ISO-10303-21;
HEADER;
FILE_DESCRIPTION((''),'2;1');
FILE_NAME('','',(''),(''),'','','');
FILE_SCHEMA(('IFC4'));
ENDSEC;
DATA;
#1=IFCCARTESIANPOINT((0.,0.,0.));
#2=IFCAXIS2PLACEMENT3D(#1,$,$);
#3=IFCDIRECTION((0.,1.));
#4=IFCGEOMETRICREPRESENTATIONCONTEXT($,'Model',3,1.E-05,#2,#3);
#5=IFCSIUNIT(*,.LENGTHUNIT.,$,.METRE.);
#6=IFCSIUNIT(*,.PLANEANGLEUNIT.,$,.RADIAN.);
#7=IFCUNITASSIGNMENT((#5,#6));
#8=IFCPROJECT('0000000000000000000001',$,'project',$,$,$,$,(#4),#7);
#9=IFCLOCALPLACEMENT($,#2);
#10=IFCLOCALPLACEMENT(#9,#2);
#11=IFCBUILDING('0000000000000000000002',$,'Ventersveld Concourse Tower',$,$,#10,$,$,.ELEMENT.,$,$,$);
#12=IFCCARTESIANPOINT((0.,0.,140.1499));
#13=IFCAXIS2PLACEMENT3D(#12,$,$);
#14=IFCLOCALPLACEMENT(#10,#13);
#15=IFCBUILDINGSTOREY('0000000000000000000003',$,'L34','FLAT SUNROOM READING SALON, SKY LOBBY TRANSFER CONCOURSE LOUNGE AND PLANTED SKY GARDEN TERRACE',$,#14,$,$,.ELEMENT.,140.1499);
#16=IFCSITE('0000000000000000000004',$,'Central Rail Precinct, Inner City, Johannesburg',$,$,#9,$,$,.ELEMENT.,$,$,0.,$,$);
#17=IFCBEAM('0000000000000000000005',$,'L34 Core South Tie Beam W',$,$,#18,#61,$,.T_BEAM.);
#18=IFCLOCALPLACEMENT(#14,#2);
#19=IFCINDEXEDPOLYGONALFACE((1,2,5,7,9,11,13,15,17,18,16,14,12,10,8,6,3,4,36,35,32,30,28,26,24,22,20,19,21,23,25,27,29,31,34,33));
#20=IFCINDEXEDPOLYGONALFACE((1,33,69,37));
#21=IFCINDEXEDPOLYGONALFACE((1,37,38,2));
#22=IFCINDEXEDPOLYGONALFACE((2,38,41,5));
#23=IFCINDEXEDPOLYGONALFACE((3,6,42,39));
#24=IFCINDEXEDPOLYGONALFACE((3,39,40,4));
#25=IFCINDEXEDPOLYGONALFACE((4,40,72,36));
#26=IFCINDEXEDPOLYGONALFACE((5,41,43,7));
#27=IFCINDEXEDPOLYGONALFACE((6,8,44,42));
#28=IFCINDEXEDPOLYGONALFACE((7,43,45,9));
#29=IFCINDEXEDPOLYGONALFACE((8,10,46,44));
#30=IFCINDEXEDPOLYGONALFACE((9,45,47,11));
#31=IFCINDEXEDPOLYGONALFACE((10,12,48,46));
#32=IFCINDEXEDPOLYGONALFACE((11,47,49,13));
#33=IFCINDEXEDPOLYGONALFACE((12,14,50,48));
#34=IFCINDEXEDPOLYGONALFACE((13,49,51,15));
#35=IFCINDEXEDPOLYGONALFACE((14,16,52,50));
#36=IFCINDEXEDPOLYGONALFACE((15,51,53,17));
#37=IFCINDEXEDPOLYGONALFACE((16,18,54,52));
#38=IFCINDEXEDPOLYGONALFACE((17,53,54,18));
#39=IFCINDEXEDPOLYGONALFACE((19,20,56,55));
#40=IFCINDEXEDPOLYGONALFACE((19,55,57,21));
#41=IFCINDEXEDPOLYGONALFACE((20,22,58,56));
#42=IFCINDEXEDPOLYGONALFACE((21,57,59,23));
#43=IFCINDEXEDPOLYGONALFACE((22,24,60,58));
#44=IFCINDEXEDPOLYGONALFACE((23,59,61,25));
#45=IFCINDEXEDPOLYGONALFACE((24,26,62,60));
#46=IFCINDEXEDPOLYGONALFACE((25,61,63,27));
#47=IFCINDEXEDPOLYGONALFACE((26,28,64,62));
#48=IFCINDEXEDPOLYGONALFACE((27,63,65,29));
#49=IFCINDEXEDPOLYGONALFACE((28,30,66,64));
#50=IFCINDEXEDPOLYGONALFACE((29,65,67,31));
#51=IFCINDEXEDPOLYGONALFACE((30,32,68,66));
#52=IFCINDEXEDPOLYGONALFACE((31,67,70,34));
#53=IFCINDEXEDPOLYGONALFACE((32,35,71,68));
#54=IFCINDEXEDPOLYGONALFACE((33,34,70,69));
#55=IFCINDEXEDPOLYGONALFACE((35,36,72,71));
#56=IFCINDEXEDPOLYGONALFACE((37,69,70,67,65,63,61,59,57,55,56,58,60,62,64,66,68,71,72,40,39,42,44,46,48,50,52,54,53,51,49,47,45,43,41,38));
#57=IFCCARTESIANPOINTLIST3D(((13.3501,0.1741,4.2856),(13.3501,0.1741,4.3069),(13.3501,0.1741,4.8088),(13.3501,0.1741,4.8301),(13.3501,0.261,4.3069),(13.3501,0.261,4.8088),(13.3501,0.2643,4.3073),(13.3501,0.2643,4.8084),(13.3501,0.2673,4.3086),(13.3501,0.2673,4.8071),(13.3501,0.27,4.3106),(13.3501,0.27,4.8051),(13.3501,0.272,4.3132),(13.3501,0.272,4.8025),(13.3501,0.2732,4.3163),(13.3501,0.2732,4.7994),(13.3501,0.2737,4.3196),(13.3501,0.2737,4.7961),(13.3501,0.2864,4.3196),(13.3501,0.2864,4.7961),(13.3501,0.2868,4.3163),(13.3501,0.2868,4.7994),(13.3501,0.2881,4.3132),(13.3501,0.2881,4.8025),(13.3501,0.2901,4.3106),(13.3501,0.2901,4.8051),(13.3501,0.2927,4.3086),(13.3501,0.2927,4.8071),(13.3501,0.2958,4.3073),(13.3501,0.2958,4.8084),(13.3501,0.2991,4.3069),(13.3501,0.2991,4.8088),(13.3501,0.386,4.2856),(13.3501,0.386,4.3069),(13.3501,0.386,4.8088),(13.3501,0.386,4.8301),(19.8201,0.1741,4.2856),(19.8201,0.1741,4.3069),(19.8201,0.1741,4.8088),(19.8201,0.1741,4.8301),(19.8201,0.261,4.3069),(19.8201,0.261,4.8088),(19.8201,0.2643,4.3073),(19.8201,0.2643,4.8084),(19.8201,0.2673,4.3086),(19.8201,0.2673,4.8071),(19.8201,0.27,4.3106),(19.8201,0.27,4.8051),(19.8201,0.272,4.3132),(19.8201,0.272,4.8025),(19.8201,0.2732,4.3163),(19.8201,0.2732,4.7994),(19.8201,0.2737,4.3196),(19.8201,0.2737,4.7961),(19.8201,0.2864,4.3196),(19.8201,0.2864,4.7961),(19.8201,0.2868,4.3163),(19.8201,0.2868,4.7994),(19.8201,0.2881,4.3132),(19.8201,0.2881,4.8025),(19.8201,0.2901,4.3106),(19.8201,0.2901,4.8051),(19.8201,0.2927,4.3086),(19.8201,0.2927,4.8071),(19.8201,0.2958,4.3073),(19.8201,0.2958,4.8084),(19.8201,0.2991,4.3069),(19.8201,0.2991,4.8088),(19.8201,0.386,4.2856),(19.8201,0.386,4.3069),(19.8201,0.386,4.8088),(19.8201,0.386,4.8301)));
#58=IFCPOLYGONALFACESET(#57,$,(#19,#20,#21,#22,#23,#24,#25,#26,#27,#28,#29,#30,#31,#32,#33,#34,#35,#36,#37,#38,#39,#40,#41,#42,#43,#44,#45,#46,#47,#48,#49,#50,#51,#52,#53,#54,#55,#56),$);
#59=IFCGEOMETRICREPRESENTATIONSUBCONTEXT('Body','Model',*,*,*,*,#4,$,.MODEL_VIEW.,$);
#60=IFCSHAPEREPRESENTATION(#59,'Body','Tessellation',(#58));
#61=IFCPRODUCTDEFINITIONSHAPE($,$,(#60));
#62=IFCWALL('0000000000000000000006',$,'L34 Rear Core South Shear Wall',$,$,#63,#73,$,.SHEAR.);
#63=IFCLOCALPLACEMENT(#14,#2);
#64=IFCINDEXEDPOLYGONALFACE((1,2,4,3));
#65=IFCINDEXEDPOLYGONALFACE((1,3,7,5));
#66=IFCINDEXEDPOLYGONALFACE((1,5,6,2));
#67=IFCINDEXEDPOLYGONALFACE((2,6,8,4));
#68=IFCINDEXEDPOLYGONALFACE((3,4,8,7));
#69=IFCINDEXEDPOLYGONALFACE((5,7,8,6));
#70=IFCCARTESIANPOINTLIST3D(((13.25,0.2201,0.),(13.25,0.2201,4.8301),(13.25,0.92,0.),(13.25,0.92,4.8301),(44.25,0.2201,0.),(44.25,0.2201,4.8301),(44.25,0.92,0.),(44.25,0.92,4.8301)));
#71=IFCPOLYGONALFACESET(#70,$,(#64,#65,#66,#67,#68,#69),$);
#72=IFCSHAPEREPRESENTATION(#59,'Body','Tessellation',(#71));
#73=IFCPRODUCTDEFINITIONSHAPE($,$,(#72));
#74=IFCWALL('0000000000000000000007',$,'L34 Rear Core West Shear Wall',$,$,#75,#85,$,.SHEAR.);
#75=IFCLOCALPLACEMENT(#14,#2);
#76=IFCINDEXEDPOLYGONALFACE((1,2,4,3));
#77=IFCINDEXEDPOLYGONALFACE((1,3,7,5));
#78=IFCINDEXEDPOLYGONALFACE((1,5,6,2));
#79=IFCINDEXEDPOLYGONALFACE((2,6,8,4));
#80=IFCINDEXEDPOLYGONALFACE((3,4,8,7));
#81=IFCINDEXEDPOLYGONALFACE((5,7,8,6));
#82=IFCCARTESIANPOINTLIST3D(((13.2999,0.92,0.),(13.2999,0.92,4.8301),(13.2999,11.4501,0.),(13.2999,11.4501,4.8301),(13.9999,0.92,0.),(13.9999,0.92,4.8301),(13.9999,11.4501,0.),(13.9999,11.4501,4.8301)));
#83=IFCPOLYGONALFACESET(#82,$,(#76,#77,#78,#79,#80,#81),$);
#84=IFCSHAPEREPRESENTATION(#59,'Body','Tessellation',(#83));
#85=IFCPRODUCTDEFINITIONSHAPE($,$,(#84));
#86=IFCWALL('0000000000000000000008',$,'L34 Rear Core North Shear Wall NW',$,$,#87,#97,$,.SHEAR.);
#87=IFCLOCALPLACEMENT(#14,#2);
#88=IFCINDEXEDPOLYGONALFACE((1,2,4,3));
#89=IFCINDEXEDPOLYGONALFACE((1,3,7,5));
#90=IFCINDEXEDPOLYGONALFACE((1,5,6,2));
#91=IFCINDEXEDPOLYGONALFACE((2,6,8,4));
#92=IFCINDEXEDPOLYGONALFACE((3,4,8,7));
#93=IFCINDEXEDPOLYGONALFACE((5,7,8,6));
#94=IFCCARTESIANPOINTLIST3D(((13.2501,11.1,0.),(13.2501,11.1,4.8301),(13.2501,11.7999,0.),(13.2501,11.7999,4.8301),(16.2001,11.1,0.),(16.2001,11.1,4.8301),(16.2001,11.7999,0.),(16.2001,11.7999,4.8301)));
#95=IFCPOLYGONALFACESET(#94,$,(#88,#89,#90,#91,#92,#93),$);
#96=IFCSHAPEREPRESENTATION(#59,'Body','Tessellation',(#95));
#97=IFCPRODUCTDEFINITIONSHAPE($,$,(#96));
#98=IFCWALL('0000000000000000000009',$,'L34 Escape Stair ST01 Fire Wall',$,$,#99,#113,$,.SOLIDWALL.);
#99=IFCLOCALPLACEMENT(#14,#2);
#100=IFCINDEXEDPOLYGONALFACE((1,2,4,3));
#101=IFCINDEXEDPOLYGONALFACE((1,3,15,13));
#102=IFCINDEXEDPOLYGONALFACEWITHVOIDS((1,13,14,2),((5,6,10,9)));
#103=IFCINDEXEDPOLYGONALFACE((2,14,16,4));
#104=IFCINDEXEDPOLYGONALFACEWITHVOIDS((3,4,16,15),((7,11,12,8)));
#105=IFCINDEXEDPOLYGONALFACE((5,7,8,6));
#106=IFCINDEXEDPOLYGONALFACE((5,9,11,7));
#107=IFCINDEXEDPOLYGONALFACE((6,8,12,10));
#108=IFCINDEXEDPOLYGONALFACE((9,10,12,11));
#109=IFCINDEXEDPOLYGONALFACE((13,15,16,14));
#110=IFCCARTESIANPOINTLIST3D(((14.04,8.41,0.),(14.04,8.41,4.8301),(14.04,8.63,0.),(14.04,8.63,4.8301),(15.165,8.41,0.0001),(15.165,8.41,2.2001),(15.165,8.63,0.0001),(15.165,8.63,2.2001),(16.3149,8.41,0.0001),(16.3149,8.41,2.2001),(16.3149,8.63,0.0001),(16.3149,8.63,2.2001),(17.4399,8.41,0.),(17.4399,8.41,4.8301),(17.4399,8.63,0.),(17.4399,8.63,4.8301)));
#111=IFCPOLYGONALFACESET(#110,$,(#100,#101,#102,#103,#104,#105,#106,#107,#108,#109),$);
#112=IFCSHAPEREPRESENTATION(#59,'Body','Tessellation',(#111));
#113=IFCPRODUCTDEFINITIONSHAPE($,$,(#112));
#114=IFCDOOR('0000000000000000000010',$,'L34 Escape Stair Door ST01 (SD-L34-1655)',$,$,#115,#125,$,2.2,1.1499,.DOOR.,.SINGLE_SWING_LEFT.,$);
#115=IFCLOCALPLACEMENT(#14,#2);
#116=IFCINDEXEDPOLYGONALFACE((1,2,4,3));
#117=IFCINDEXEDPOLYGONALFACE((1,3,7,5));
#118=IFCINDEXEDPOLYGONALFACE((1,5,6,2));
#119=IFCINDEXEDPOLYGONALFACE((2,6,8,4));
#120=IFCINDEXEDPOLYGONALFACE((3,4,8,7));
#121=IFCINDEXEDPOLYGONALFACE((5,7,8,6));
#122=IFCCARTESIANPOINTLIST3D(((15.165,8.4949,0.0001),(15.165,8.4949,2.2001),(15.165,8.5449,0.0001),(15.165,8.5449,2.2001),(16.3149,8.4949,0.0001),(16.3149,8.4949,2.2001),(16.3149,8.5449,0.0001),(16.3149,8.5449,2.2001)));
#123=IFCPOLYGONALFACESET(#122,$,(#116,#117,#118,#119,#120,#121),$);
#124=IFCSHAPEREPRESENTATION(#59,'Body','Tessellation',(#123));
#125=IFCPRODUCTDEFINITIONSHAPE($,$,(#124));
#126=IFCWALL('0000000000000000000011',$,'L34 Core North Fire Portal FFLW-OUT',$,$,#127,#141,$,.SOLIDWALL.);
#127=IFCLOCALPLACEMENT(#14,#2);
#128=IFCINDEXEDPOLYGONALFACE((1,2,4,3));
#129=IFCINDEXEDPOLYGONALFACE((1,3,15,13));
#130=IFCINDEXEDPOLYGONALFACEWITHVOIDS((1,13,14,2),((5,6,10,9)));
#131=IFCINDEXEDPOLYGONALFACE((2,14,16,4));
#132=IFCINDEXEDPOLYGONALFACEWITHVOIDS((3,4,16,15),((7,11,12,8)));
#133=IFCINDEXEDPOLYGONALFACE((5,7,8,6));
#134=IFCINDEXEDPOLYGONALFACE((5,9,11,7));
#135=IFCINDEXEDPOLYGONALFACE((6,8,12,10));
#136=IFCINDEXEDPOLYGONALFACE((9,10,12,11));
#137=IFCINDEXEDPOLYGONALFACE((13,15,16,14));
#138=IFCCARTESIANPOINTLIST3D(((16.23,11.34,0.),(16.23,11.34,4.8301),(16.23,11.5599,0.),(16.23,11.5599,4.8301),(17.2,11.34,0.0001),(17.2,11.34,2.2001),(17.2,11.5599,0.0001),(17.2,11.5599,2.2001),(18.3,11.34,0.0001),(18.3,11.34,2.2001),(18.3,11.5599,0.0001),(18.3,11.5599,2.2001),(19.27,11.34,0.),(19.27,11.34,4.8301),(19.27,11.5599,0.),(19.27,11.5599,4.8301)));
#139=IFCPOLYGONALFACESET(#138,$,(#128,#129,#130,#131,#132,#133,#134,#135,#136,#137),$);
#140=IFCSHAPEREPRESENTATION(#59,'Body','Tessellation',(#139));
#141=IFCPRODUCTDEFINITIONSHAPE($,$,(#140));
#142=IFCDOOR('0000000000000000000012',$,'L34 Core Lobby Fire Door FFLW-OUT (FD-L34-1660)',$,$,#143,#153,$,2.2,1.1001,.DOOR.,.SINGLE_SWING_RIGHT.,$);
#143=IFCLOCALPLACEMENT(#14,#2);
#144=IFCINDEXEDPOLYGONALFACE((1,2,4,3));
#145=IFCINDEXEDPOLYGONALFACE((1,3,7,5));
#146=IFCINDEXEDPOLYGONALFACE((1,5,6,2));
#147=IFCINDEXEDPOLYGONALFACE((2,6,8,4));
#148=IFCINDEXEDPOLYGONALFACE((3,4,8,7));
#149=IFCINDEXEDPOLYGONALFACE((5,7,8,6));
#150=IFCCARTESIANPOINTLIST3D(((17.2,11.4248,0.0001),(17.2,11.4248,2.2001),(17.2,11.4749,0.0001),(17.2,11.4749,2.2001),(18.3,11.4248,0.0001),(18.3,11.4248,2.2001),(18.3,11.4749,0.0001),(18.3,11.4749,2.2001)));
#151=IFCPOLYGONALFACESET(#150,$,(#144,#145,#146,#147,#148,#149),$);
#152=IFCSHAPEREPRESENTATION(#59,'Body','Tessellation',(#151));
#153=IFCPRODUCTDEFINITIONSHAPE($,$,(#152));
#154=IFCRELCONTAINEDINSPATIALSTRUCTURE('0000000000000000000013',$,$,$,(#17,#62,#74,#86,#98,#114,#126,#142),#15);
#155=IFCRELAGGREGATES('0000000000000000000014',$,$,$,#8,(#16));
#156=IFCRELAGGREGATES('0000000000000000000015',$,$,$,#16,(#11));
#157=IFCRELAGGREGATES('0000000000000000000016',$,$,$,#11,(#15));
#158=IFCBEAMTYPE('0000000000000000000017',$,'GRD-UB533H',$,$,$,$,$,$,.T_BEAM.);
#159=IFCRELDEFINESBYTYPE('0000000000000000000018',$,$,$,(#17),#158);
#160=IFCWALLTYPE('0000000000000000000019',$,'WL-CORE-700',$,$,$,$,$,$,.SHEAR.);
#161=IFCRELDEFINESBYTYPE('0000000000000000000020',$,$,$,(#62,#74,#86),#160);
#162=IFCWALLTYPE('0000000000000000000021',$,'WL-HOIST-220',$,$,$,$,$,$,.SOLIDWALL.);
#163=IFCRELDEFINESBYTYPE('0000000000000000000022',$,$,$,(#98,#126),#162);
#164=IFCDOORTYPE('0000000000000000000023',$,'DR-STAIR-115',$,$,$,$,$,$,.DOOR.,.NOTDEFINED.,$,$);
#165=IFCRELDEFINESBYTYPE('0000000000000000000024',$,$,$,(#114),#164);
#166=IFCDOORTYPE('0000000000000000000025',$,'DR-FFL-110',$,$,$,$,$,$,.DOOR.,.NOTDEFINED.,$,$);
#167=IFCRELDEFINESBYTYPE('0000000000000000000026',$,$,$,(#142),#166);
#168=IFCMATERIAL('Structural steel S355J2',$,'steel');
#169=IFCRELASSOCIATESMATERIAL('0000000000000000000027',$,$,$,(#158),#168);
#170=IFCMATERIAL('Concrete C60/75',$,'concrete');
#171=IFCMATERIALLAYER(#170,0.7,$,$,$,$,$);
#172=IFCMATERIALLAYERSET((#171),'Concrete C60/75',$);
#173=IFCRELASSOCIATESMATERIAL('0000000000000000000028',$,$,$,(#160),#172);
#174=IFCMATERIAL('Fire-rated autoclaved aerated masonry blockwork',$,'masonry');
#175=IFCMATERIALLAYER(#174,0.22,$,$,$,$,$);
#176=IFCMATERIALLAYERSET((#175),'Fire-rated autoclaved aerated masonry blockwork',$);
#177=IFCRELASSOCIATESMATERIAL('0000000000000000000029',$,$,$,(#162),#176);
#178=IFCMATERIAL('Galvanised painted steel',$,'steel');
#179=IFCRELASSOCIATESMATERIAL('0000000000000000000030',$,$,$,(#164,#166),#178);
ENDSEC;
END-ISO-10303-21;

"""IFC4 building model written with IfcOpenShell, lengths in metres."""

from ifc_helpers import new_model, si_unit, direction, frame, frame_2d, origin, origin_2d, place, context, subcontext, project, spatial, rectangle, i_section, extrude, material, layer, layer_set, material_profile, profile_set, type_object, element, fill, save


model = new_model("IFC4")

# Units and contexts
model_context = context("Model", 3, precision=1e-05, world=origin(), true_north=direction((0.0, 1.0)))
body_context = subcontext(model_context, "Body", "Model", "MODEL_VIEW")
ifc_project = project(units=[si_unit("LENGTHUNIT", "METRE"), si_unit("PLANEANGLEUNIT", "RADIAN")], contexts=[model_context])

# Site, building, storey
site_placement = place(None, origin())
site = spatial("IfcSite", under=ifc_project, at=site_placement, Name="Central Rail Precinct, Inner City, Johannesburg", CompositionType="ELEMENT", RefElevation=0.0)
building_placement = place(site_placement, origin())
building = spatial("IfcBuilding", under=site, at=building_placement, Name="Ventersveld Concourse Tower", CompositionType="ELEMENT")
storey_placement = place(building_placement, frame((0.0, 0.0, 140.1499)))
storey = spatial("IfcBuildingStorey", under=building, at=storey_placement, Name="L34", Description="FLAT SUNROOM READING SALON, SKY LOBBY TRANSFER CONCOURSE LOUNGE AND PLANTED SKY GARDEN TERRACE", CompositionType="ELEMENT", Elevation=140.1499)

# Beam
ifc_material_1 = material(Name="Structural steel S355J2", Category="steel")
ifc_material_2 = material(Name="Concrete C60/75", Category="concrete")
ifc_material_profile_1 = material_profile(ifc_material_1, i_section(OverallWidth=0.2119, OverallDepth=0.5444, WebThickness=0.0127, FlangeThickness=0.0212, FilletRadius=0.0127, at=origin_2d()), Name="UB 533x210x122")
ifc_profile_set_1 = profile_set([ifc_material_profile_1], Name="Structural steel S355J2")
beam_type_1 = type_object("IfcBeamType", Name="GRD-UB533H", PredefinedType="T_BEAM", material=ifc_profile_set_1)
beam_1_placement = place(storey_placement, frame((13.3501, 0.28, 4.5579), z_axis=(1.0, 0.0, 0.0), x_axis=(0.0, 1.0, 0.0)))
element("IfcBeam", 1, at=beam_1_placement, inside=storey, type_object=beam_type_1, Name="L34 Core South Tie Beam W", PredefinedType="T_BEAM", context=body_context, shape_type="SweptSolid", body=[
    extrude(i_section(OverallWidth=0.2119, OverallDepth=0.5444, WebThickness=0.0127, FlangeThickness=0.0212, FilletRadius=0.0127, at=origin_2d()), origin(), (0.0, 0.0, 1.0), 6.47),
])

# Walls
ifc_layer_1 = layer(ifc_material_2, 0.7)
ifc_layer_set_1 = layer_set([ifc_layer_1], Name="Concrete C60/75")
wall_type_1 = type_object("IfcWallType", Name="WL-CORE-700", PredefinedType="SHEAR", material=ifc_layer_set_1)
wall_1_placement = place(storey_placement, frame((13.25, 0.5701, 0.0), z_axis=(0.0, 0.0, 1.0), x_axis=(1.0, 0.0, 0.0)))
element("IfcWall", 2, at=wall_1_placement, inside=storey, type_object=wall_type_1, Name="L34 Rear Core South Shear Wall", PredefinedType="SHEAR", context=body_context, shape_type="SweptSolid", body=[
    extrude(rectangle(XDim=31.0, YDim=0.7, at=frame_2d((15.5, 0.0))), origin(), (0.0, 0.0, 1.0), 4.8301),
])
wall_2_placement = place(storey_placement, frame((13.6499, 0.9199, 0.0), z_axis=(0.0, 0.0, 1.0), x_axis=(0.0, 1.0, 0.0)))
element("IfcWall", 3, at=wall_2_placement, inside=storey, type_object=wall_type_1, Name="L34 Rear Core West Shear Wall", PredefinedType="SHEAR", context=body_context, shape_type="SweptSolid", body=[
    extrude(rectangle(XDim=10.53, YDim=0.7, at=frame_2d((5.2651, 0.0))), origin(), (0.0, 0.0, 1.0), 4.8301),
])
wall_3_placement = place(storey_placement, frame((13.25, 11.45, 0.0), z_axis=(0.0, 0.0, 1.0), x_axis=(1.0, 0.0, 0.0)))
element("IfcWall", 4, at=wall_3_placement, inside=storey, type_object=wall_type_1, Name="L34 Rear Core North Shear Wall NW", PredefinedType="SHEAR", context=body_context, shape_type="SweptSolid", body=[
    extrude(rectangle(XDim=2.95, YDim=0.7, at=frame_2d((1.4751, 0.0))), origin(), (0.0, 0.0, 1.0), 4.8301),
])

# Walls, openings, doors
ifc_material_3 = material(Name="Fire-rated autoclaved aerated masonry blockwork", Category="masonry")
ifc_layer_2 = layer(ifc_material_3, 0.22)
ifc_layer_set_2 = layer_set([ifc_layer_2], Name="Fire-rated autoclaved aerated masonry blockwork")
wall_type_2 = type_object("IfcWallType", Name="WL-HOIST-220", PredefinedType="SOLIDWALL", material=ifc_layer_set_2)
wall_4_placement = place(storey_placement, frame((14.04, 8.52, 0.0), z_axis=(0.0, 0.0, 1.0), x_axis=(1.0, 0.0, 0.0)))
wall_4 = element("IfcWall", 5, at=wall_4_placement, inside=storey, type_object=wall_type_2, Name="L34 Escape Stair ST01 Fire Wall", PredefinedType="SOLIDWALL", context=body_context, shape_type="SweptSolid", body=[
    extrude(rectangle(XDim=3.3999, YDim=0.22, at=frame_2d((1.7, 0.0))), origin(), (0.0, 0.0, 1.0), 4.8301),
])
opening_1_placement = place(wall_4_placement, frame((1.125, 0.0, 0.0)))
opening_1 = element("IfcOpeningElement", 6, at=opening_1_placement, cuts=wall_4, PredefinedType="OPENING", context=body_context, shape_type="SweptSolid", body=[
    extrude(rectangle(XDim=1.1499, YDim=2.2, at=frame_2d((0.575, 1.1001))), frame((0.0, 0.1201, 0.0), z_axis=(0.0, -1.0, 0.0), x_axis=(1.0, 0.0, 0.0)), (0.0, 0.0, 1.0), 0.24),
])
ifc_material_4 = material(Name="Galvanised painted steel", Category="steel")
door_type_1 = type_object("IfcDoorType", Name="DR-STAIR-115", OperationType="NOTDEFINED", PredefinedType="DOOR", material=ifc_material_4)
door_1_placement = place(opening_1_placement, origin())
door_1 = element("IfcDoor", 7, at=door_1_placement, inside=storey, type_object=door_type_1, Name="L34 Escape Stair Door ST01 (SD-L34-1655)", OperationType="SINGLE_SWING_LEFT", OverallHeight=2.2, OverallWidth=1.1499, PredefinedType="DOOR", context=body_context, shape_type="SweptSolid", body=[
    extrude(rectangle(XDim=1.1499, YDim=2.2, at=frame_2d((0.575, 1.1001))), frame((0.0, 0.0249, 0.0), z_axis=(0.0, -1.0, 0.0), x_axis=(1.0, 0.0, 0.0)), (0.0, 0.0, 1.0), 0.05),
])
fill(opening_1, door_1)
wall_5_placement = place(storey_placement, frame((16.23, 11.45, 0.0), z_axis=(0.0, 0.0, 1.0), x_axis=(1.0, 0.0, 0.0)))
wall_5 = element("IfcWall", 8, at=wall_5_placement, inside=storey, type_object=wall_type_2, Name="L34 Core North Fire Portal FFLW-OUT", PredefinedType="SOLIDWALL", context=body_context, shape_type="SweptSolid", body=[
    extrude(rectangle(XDim=3.04, YDim=0.22, at=frame_2d((1.52, 0.0))), origin(), (0.0, 0.0, 1.0), 4.8301),
])
opening_2_placement = place(wall_5_placement, frame((0.97, 0.0, 0.0)))
opening_2 = element("IfcOpeningElement", 9, at=opening_2_placement, cuts=wall_5, PredefinedType="OPENING", context=body_context, shape_type="SweptSolid", body=[
    extrude(rectangle(XDim=1.1001, YDim=2.2, at=frame_2d((0.55, 1.1001))), frame((0.0, 0.1201, 0.0), z_axis=(0.0, -1.0, 0.0), x_axis=(1.0, 0.0, 0.0)), (0.0, 0.0, 1.0), 0.24),
])
door_type_2 = type_object("IfcDoorType", Name="DR-FFL-110", OperationType="NOTDEFINED", PredefinedType="DOOR", material=ifc_material_4)
door_2_placement = place(opening_2_placement, origin())
door_2 = element("IfcDoor", 10, at=door_2_placement, inside=storey, type_object=door_type_2, Name="L34 Core Lobby Fire Door FFLW-OUT (FD-L34-1660)", OperationType="SINGLE_SWING_RIGHT", OverallHeight=2.2, OverallWidth=1.1001, PredefinedType="DOOR", context=body_context, shape_type="SweptSolid", body=[
    extrude(rectangle(XDim=1.1001, YDim=2.2, at=frame_2d((0.55, 1.1001))), frame((0.0, 0.0249, 0.0), z_axis=(0.0, -1.0, 0.0), x_axis=(1.0, 0.0, 0.0)), (0.0, 0.0, 1.0), 0.05),
])
fill(opening_2, door_2)

save(model, "model.ifc")
